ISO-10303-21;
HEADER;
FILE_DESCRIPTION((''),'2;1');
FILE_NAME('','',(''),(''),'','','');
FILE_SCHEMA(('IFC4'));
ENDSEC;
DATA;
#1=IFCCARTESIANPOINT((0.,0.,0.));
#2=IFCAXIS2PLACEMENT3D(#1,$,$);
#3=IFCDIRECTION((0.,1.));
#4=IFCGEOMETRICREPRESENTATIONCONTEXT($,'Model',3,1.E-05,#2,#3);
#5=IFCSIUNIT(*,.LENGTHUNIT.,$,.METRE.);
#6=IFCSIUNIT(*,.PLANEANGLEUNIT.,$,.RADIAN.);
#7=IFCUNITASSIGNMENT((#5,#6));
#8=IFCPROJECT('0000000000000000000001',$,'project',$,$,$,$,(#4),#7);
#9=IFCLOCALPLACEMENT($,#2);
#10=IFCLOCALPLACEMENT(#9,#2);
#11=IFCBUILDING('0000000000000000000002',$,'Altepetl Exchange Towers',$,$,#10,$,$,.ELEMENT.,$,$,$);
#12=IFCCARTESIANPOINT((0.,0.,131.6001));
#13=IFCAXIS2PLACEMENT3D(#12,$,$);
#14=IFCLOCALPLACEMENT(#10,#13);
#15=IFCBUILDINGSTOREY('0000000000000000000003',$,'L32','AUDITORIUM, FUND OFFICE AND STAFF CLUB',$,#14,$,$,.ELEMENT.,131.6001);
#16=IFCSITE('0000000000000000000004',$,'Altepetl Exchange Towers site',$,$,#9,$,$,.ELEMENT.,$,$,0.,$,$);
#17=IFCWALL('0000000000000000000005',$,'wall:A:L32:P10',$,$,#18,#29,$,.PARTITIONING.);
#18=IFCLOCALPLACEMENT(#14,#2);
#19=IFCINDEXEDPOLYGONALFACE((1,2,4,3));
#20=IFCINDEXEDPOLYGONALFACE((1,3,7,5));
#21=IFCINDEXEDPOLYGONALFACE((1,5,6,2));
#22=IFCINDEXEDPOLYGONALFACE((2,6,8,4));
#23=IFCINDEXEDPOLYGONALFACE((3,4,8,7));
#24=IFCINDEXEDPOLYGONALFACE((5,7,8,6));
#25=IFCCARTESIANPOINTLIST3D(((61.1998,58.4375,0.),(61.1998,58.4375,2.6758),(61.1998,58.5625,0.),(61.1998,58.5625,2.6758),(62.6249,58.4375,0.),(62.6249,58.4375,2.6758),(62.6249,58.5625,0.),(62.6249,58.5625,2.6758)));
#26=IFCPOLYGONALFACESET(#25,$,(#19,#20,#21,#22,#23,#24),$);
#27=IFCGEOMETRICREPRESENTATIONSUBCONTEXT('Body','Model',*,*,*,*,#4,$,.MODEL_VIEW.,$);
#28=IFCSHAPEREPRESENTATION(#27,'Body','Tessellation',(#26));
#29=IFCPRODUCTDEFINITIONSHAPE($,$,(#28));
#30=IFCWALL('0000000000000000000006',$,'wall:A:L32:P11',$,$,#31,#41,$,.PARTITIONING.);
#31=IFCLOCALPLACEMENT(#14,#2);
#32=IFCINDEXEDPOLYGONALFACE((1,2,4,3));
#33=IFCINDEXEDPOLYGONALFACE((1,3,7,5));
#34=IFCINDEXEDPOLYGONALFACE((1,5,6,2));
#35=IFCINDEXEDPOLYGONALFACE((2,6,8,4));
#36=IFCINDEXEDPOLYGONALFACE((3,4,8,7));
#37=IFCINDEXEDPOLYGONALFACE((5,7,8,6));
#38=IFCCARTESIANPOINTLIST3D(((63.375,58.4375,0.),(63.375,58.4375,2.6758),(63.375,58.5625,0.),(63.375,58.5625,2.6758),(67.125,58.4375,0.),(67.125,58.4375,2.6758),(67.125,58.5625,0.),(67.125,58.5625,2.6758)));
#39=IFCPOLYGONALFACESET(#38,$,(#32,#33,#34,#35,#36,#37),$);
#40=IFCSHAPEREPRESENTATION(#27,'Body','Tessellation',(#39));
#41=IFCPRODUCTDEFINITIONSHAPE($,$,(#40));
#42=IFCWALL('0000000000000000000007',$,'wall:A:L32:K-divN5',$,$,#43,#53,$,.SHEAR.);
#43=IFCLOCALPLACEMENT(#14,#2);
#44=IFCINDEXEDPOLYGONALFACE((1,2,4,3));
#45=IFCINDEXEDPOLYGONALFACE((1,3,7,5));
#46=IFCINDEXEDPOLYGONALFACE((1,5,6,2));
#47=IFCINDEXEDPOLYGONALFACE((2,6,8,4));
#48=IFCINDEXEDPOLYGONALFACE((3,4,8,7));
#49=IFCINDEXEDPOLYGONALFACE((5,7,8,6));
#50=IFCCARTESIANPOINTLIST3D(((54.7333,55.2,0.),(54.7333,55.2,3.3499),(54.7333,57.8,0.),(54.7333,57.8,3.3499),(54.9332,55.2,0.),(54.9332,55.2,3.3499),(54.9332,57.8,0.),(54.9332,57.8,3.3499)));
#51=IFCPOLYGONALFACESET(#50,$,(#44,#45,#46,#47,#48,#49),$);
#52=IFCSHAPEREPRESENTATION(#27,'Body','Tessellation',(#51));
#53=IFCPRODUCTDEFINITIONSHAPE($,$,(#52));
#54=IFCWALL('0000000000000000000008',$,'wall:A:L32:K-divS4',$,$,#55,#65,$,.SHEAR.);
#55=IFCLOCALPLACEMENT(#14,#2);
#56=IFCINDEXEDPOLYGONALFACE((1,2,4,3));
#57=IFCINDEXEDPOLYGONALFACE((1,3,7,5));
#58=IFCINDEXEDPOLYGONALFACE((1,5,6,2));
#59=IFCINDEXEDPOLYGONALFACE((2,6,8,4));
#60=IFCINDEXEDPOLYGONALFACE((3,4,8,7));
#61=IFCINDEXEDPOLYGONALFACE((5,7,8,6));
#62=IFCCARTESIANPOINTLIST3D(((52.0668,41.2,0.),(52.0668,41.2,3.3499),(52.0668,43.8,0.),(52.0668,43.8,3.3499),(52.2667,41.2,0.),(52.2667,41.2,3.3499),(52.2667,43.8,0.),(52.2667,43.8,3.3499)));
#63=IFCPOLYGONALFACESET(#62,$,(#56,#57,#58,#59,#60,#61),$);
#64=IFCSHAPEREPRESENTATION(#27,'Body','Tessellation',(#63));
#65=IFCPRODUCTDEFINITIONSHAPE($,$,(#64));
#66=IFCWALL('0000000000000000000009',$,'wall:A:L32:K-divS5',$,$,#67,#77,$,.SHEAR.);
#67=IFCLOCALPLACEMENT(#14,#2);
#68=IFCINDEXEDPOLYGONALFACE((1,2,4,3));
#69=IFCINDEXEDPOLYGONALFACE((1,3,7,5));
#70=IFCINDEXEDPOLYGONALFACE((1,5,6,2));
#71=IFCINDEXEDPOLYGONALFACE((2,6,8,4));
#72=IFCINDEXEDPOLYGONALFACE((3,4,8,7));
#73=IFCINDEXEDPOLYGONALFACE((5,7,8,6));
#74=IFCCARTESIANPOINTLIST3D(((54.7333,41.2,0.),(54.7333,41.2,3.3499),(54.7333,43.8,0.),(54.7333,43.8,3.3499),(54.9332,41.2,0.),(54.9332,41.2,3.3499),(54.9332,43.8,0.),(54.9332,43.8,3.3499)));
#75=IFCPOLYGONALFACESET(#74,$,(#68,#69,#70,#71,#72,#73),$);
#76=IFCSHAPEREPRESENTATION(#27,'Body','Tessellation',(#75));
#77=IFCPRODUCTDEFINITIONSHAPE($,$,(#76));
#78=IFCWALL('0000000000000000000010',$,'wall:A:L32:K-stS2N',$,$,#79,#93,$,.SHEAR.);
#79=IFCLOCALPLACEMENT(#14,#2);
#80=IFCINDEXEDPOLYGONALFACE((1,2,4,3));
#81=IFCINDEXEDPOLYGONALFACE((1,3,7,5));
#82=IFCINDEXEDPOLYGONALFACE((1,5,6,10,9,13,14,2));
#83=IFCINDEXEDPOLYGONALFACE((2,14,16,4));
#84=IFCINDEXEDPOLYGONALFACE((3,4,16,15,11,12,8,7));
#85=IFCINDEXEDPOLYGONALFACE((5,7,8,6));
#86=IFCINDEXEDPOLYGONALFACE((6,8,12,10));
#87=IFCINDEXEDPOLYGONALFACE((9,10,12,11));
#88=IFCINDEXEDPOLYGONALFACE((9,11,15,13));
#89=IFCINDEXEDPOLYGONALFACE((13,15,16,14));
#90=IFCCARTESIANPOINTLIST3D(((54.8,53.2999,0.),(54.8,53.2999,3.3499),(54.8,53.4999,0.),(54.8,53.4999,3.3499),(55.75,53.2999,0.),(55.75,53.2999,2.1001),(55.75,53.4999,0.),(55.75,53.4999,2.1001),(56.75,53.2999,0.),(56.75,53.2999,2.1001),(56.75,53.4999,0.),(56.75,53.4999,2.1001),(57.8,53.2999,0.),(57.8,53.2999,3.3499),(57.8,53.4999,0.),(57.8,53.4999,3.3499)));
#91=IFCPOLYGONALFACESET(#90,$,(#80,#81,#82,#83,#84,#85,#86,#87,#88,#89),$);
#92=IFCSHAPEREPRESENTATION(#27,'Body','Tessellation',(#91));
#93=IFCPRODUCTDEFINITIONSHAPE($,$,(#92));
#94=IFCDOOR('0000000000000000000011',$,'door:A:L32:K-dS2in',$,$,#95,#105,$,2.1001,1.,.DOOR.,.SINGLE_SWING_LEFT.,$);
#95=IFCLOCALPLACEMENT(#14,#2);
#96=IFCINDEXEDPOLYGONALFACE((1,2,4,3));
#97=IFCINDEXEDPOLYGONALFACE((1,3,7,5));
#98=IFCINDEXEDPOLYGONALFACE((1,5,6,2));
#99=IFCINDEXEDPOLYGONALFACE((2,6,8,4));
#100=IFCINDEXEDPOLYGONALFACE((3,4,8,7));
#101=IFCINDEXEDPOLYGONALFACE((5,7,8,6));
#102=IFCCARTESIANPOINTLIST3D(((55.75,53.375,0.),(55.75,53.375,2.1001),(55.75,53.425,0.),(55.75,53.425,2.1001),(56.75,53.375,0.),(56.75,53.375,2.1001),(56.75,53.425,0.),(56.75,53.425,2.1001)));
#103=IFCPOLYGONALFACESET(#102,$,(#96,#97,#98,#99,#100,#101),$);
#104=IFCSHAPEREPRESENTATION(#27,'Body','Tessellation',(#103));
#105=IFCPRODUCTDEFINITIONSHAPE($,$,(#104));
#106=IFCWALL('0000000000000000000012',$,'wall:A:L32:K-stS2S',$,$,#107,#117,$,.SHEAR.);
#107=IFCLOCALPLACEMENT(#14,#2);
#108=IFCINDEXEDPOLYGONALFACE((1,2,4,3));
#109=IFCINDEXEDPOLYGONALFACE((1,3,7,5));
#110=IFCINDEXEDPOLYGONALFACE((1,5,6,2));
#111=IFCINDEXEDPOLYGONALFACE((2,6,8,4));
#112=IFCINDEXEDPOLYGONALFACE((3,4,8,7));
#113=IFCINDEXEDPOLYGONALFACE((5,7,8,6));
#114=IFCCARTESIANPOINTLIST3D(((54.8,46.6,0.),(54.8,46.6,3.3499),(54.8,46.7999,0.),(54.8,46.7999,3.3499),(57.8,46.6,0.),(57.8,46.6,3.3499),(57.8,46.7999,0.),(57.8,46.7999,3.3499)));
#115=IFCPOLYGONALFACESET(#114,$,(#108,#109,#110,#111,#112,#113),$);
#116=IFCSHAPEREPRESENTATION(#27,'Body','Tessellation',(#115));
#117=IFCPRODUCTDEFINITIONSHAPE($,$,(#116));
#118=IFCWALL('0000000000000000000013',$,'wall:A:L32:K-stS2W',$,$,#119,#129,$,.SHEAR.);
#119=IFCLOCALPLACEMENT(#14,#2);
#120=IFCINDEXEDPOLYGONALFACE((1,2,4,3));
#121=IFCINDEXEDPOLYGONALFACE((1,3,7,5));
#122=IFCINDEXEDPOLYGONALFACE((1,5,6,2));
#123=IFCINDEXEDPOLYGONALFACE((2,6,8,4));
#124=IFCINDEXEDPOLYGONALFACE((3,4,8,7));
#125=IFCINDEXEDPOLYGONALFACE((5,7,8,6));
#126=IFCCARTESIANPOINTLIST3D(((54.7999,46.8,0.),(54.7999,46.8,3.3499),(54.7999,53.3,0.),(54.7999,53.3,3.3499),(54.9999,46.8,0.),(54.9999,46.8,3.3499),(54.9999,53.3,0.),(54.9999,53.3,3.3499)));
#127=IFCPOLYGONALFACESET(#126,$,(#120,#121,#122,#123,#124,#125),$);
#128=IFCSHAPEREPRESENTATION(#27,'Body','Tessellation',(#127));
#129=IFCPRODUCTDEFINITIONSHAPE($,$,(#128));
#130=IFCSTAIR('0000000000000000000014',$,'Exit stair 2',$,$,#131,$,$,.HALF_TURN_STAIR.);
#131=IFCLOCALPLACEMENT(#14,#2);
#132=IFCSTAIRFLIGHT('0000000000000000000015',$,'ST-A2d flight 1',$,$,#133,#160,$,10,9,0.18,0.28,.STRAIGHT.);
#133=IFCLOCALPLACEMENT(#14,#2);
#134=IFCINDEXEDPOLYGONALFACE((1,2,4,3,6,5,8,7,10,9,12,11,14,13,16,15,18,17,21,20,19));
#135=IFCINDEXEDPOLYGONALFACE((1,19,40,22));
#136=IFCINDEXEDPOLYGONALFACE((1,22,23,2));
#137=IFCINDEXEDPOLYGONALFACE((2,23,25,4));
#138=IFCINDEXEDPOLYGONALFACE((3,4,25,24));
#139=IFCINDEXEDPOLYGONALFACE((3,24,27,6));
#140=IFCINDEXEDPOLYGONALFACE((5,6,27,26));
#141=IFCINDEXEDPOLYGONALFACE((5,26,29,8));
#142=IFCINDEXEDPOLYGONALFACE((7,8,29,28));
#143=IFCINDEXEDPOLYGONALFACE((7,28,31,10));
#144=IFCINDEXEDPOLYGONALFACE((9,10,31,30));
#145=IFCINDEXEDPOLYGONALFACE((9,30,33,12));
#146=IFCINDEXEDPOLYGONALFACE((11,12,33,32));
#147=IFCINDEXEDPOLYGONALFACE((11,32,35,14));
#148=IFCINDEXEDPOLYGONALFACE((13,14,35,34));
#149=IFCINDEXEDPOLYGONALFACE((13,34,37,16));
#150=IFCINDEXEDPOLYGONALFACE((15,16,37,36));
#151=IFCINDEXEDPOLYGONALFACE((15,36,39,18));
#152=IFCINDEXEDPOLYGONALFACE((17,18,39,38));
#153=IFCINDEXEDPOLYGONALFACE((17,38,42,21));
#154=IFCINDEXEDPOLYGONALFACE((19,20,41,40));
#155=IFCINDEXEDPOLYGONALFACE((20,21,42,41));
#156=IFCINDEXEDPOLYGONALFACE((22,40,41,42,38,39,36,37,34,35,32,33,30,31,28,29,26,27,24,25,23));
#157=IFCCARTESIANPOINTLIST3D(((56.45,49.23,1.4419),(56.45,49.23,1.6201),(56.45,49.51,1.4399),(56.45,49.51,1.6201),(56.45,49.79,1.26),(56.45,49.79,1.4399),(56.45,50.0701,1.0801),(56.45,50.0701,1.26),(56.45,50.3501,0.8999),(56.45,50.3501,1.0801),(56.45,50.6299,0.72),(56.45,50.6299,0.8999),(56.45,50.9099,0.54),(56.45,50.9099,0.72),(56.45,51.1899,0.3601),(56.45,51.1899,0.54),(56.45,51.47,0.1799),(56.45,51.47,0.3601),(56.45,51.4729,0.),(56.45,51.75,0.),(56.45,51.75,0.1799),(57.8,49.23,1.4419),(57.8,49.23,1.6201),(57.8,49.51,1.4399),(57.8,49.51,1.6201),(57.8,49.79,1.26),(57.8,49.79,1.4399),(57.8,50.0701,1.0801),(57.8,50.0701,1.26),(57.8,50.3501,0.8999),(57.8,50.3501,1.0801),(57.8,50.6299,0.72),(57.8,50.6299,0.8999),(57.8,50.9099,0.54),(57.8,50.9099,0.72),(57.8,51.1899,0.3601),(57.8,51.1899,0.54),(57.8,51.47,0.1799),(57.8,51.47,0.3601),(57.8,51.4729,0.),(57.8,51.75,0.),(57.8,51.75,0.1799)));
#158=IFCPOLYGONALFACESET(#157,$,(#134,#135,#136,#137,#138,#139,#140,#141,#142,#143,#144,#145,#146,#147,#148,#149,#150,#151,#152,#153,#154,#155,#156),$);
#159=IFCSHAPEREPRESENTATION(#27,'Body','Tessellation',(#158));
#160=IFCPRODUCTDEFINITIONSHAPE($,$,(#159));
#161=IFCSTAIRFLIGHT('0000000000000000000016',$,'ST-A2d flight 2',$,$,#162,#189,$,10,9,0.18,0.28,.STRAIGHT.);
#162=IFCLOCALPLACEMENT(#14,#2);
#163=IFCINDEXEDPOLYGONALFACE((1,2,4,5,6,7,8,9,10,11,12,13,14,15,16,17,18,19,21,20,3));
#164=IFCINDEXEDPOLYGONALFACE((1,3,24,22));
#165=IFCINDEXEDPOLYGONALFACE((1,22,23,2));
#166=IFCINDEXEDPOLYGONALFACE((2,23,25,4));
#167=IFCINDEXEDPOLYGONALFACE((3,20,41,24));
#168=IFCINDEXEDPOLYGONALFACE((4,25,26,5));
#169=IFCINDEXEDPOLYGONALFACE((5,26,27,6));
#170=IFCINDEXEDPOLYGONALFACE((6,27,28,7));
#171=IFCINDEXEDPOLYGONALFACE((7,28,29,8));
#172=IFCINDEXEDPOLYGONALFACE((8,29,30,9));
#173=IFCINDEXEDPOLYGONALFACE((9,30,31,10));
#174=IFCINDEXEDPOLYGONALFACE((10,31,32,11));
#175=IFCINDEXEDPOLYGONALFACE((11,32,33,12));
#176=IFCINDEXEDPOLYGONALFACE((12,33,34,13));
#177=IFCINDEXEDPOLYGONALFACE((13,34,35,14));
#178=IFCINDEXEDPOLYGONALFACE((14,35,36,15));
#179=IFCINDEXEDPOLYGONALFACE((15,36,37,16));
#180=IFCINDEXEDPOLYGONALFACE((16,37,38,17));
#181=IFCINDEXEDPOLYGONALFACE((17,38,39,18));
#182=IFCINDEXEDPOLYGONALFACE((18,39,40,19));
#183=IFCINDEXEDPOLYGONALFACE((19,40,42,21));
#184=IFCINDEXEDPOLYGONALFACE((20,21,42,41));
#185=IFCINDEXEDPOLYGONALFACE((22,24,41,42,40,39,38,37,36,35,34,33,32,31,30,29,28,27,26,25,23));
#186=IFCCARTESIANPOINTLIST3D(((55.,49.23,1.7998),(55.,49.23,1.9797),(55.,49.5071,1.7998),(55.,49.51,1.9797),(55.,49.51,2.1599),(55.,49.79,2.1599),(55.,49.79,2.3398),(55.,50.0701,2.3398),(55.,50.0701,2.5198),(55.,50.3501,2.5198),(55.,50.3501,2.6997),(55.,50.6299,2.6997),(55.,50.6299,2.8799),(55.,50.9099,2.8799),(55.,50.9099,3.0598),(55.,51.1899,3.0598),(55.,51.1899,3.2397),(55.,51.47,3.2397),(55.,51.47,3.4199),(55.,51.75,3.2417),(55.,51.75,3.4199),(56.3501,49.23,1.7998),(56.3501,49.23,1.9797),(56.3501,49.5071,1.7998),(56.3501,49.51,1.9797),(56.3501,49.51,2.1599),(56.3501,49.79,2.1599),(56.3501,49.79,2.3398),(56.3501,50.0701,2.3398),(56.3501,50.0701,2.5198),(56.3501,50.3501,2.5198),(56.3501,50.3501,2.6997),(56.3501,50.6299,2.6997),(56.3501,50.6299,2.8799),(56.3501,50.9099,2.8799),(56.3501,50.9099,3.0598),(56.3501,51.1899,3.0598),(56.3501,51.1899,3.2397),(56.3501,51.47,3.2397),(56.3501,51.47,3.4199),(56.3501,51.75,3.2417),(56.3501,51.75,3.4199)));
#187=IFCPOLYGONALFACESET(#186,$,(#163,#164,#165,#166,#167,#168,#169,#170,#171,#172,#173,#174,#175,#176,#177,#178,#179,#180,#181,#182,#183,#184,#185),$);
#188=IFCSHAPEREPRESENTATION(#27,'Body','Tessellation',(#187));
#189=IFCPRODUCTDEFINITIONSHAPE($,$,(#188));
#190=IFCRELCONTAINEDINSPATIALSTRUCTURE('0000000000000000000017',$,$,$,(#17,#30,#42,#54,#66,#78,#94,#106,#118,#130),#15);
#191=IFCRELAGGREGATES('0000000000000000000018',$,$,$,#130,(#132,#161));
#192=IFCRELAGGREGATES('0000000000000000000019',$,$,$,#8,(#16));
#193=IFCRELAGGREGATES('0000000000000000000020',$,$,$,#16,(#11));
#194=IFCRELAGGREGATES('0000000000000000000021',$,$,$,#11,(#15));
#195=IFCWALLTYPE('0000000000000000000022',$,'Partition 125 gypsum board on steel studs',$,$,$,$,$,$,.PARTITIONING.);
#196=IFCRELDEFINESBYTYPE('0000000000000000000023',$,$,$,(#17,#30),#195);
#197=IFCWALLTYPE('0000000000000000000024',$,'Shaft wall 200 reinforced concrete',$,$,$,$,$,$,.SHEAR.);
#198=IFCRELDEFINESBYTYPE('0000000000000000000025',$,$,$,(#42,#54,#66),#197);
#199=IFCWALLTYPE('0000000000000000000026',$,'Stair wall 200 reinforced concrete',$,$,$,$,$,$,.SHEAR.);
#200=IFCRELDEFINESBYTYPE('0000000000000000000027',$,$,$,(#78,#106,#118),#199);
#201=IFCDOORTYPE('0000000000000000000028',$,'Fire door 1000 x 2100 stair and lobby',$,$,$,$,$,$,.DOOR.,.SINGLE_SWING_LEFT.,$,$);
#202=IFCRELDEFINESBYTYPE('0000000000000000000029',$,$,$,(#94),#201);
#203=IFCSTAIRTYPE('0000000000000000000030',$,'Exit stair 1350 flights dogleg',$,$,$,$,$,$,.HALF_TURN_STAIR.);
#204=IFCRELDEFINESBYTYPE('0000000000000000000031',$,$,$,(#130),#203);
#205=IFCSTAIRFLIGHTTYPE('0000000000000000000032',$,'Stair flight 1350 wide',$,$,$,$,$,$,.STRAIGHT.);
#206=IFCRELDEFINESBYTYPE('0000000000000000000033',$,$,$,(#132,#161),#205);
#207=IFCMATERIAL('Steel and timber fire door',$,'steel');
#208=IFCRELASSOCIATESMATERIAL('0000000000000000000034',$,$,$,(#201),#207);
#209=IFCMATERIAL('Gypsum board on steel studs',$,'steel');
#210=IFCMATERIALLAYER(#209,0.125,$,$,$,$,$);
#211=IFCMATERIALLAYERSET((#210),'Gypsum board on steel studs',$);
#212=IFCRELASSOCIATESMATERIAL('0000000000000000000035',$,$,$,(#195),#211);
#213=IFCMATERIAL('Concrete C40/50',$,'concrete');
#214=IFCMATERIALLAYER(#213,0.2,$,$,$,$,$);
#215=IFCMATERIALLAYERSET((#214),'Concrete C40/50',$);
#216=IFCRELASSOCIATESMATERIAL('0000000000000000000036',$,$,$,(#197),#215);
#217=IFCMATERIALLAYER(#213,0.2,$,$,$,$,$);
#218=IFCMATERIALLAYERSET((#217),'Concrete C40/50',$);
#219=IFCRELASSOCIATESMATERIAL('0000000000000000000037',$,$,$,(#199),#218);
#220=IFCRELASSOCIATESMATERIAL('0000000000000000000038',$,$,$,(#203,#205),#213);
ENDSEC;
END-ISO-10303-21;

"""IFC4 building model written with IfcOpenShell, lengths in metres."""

from ifc_helpers import new_model, si_unit, direction, frame, frame_2d, origin, place, context, subcontext, project, spatial, polyline, rectangle, outline, extrude, material, layer, layer_set, type_object, element, fill, aggregate, save


model = new_model("IFC4")

# Units and contexts
model_context = context("Model", 3, precision=1e-05, world=origin(), true_north=direction((0.0, 1.0)))
body_context = subcontext(model_context, "Body", "Model", "MODEL_VIEW")
ifc_project = project(units=[si_unit("LENGTHUNIT", "METRE"), si_unit("PLANEANGLEUNIT", "RADIAN")], contexts=[model_context])

# Site, building, storey
site_placement = place(None, origin())
site = spatial("IfcSite", under=ifc_project, at=site_placement, Name="Altepetl Exchange Towers site", CompositionType="ELEMENT", RefElevation=0.0)
building_placement = place(site_placement, origin())
building = spatial("IfcBuilding", under=site, at=building_placement, Name="Altepetl Exchange Towers", CompositionType="ELEMENT")
storey_placement = place(building_placement, frame((0.0, 0.0, 131.6001)))
storey = spatial("IfcBuildingStorey", under=building, at=storey_placement, Name="L32", Description="AUDITORIUM, FUND OFFICE AND STAFF CLUB", CompositionType="ELEMENT", Elevation=131.6001)

# Shared definitions
ifc_material_1 = material(Name="Steel and timber fire door", Category="steel")
door_type_1 = type_object("IfcDoorType", Name="Fire door 1000 x 2100 stair and lobby", OperationType="SINGLE_SWING_LEFT", PredefinedType="DOOR", material=ifc_material_1)

# Walls
ifc_material_2 = material(Name="Gypsum board on steel studs", Category="steel")
ifc_layer_1 = layer(ifc_material_2, 0.125)
ifc_layer_set_1 = layer_set([ifc_layer_1], Name="Gypsum board on steel studs")
wall_type_1 = type_object("IfcWallType", Name="Partition 125 gypsum board on steel studs", PredefinedType="PARTITIONING", material=ifc_layer_set_1)
wall_1_placement = place(storey_placement, frame((61.2, 58.5, 0.0)))
element("IfcWall", 1, at=wall_1_placement, inside=storey, type_object=wall_type_1, Name="wall:A:L32:P10", PredefinedType="PARTITIONING", context=body_context, shape_type="SweptSolid", body=[
    extrude(rectangle(XDim=1.425, YDim=0.125, at=frame_2d((0.7124, 0.0))), origin(), (0.0, 0.0, 1.0), 2.6758),
])
wall_2_placement = place(storey_placement, frame((63.375, 58.5, 0.0)))
element("IfcWall", 2, at=wall_2_placement, inside=storey, type_object=wall_type_1, Name="wall:A:L32:P11", PredefinedType="PARTITIONING", context=body_context, shape_type="SweptSolid", body=[
    extrude(rectangle(XDim=3.75, YDim=0.125, at=frame_2d((1.875, 0.0))), origin(), (0.0, 0.0, 1.0), 2.6758),
])
ifc_material_3 = material(Name="Concrete C40/50", Category="concrete")
ifc_layer_2 = layer(ifc_material_3, 0.2)
ifc_layer_set_2 = layer_set([ifc_layer_2], Name="Concrete C40/50")
wall_type_2 = type_object("IfcWallType", Name="Shaft wall 200 reinforced concrete", PredefinedType="SHEAR", material=ifc_layer_set_2)
for number, where, z_axis, x_axis, name in (
    (3, (54.8333, 57.8, 0.0), (0.0, 0.0, 1.0), (0.0, -1.0, 0.0), "wall:A:L32:K-divN5"),
    (4, (52.1667, 41.2, 0.0), (0.0, 0.0, 1.0), (0.0, 1.0, 0.0), "wall:A:L32:K-divS4"),
    (5, (54.8333, 41.2, 0.0), (0.0, 0.0, 1.0), (0.0, 1.0, 0.0), "wall:A:L32:K-divS5"),
):
    element("IfcWall", number, at=place(storey_placement, frame(where, z_axis=z_axis, x_axis=x_axis)), inside=storey, type_object=wall_type_2, Name=name, PredefinedType="SHEAR", context=body_context, shape_type="SweptSolid", body=[
        extrude(rectangle(XDim=2.6001, YDim=0.2, at=frame_2d((1.3, 0.0))), origin(), (0.0, 0.0, 1.0), 3.3499),
    ])

# Wall, opening, door
ifc_layer_3 = layer(ifc_material_3, 0.2)
ifc_layer_set_3 = layer_set([ifc_layer_3], Name="Concrete C40/50")
wall_type_3 = type_object("IfcWallType", Name="Stair wall 200 reinforced concrete", PredefinedType="SHEAR", material=ifc_layer_set_3)
wall_3_placement = place(storey_placement, frame((54.8, 53.3999, 0.0)))
wall_3 = element("IfcWall", 6, at=wall_3_placement, inside=storey, type_object=wall_type_3, Name="wall:A:L32:K-stS2N", PredefinedType="SHEAR", context=body_context, shape_type="SweptSolid", body=[
    extrude(rectangle(XDim=3.0, YDim=0.2, at=frame_2d((1.5, 0.0))), origin(), (0.0, 0.0, 1.0), 3.3499),
])
opening_1_placement = place(wall_3_placement, frame((0.95, 0.0, 0.0)))
opening_1 = element("IfcOpeningElement", 7, at=opening_1_placement, cuts=wall_3, PredefinedType="OPENING", context=body_context, shape_type="SweptSolid", body=[
    extrude(rectangle(XDim=1.0, YDim=2.1001, at=frame_2d((0.5, 1.05))), frame((0.0, 0.1099, 0.0), z_axis=(0.0, -1.0, 0.0), x_axis=(1.0, 0.0, 0.0)), (0.0, 0.0, 1.0), 0.22),
])
door_1_placement = place(opening_1_placement, frame((1.0, 0.0, 0.0), x_axis=(-1.0, 0.0, 0.0)))
door_1 = element("IfcDoor", 8, at=door_1_placement, inside=storey, type_object=door_type_1, Name="door:A:L32:K-dS2in", OperationType="SINGLE_SWING_LEFT", OverallHeight=2.1001, OverallWidth=1.0, PredefinedType="DOOR", context=body_context, shape_type="SweptSolid", body=[
    extrude(rectangle(XDim=1.0, YDim=2.1001, at=frame_2d((0.5, 1.05))), frame((0.0, 0.0249, 0.0), z_axis=(0.0, -1.0, 0.0), x_axis=(1.0, 0.0, 0.0)), (0.0, 0.0, 1.0), 0.05),
])
fill(opening_1, door_1)

# Walls
wall_4_placement = place(storey_placement, frame((54.8, 46.7, 0.0)))
element("IfcWall", 9, at=wall_4_placement, inside=storey, type_object=wall_type_3, Name="wall:A:L32:K-stS2S", PredefinedType="SHEAR", context=body_context, shape_type="SweptSolid", body=[
    extrude(rectangle(XDim=3.0, YDim=0.2, at=frame_2d((1.5, 0.0))), origin(), (0.0, 0.0, 1.0), 3.3499),
])
wall_5_placement = place(storey_placement, frame((54.8999, 46.8, 0.0), z_axis=(0.0, 0.0, 1.0), x_axis=(0.0, 1.0, 0.0)))
element("IfcWall", 10, at=wall_5_placement, inside=storey, type_object=wall_type_3, Name="wall:A:L32:K-stS2W", PredefinedType="SHEAR", context=body_context, shape_type="SweptSolid", body=[
    extrude(rectangle(XDim=6.5, YDim=0.2, at=frame_2d((3.25, 0.0))), origin(), (0.0, 0.0, 1.0), 3.3499),
])

# Stair, stair flights
stair_type = type_object("IfcStairType", Name="Exit stair 1350 flights dogleg", PredefinedType="HALF_TURN_STAIR", material=ifc_material_3)
stair_placement = place(storey_placement, origin())
stair = element("IfcStair", 11, at=stair_placement, inside=storey, type_object=stair_type, Name="Exit stair 2", PredefinedType="HALF_TURN_STAIR")
stair_flight_type = type_object("IfcStairFlightType", Name="Stair flight 1350 wide", PredefinedType="STRAIGHT", material=ifc_material_3)
stair_flight_1_placement = place(storey_placement, frame((57.125, 51.75, 0.0), z_axis=(0.0, 0.0, 1.0), x_axis=(0.0, -1.0, 0.0)))
stair_flight_1 = element("IfcStairFlight", 12, at=stair_flight_1_placement, type_object=stair_flight_type, Name="ST-A2d flight 1", NumberOfRisers=10, NumberOfTreads=9, PredefinedType="STRAIGHT", RiserHeight=0.18, TreadLength=0.28, context=body_context, shape_type="SweptSolid", body=[
    extrude(outline(polyline([(0.0, 0.0), (0.0, 0.1799), (0.28, 0.1799), (0.28, 0.3601), (0.5601, 0.3601), (0.5601, 0.54), (0.8401, 0.54), (0.8401, 0.72), (1.1201, 0.72), (1.1201, 0.8999), (1.3999, 0.8999), (1.3999, 1.0801), (1.6799, 1.0801), (1.6799, 1.26), (1.96, 1.26), (1.96, 1.4399), (2.24, 1.4399), (2.24, 1.6201), (2.52, 1.6201), (2.52, 1.8), (2.52, 1.4419), (0.2771, 0.0), (0.0, 0.0)])), frame((0.0, 0.675, 0.0), z_axis=(0.0, -1.0, 0.0), x_axis=(1.0, 0.0, 0.0)), (0.0, 0.0, 1.0), 1.3501),
])
stair_flight_2_placement = place(storey_placement, frame((55.675, 49.23, 1.7998), z_axis=(0.0, 0.0, 1.0), x_axis=(0.0, 1.0, 0.0)))
stair_flight_2 = element("IfcStairFlight", 13, at=stair_flight_2_placement, type_object=stair_flight_type, Name="ST-A2d flight 2", NumberOfRisers=10, NumberOfTreads=9, PredefinedType="STRAIGHT", RiserHeight=0.18, TreadLength=0.28, context=body_context, shape_type="SweptSolid", body=[
    extrude(outline(polyline([(0.0, 0.0), (0.0, 0.1799), (0.28, 0.1799), (0.28, 0.3601), (0.5601, 0.3601), (0.5601, 0.54), (0.8401, 0.54), (0.8401, 0.72), (1.1201, 0.72), (1.1201, 0.8999), (1.3999, 0.8999), (1.3999, 1.0801), (1.6799, 1.0801), (1.6799, 1.26), (1.96, 1.26), (1.96, 1.4399), (2.24, 1.4399), (2.24, 1.6201), (2.52, 1.6201), (2.52, 1.8), (2.52, 1.4419), (0.2771, 0.0), (0.0, 0.0)])), frame((0.0, 0.675, 0.0), z_axis=(0.0, -1.0, 0.0), x_axis=(1.0, 0.0, 0.0)), (0.0, 0.0, 1.0), 1.3501),
])
aggregate(stair, [stair_flight_1, stair_flight_2])

save(model, "model.ifc")
